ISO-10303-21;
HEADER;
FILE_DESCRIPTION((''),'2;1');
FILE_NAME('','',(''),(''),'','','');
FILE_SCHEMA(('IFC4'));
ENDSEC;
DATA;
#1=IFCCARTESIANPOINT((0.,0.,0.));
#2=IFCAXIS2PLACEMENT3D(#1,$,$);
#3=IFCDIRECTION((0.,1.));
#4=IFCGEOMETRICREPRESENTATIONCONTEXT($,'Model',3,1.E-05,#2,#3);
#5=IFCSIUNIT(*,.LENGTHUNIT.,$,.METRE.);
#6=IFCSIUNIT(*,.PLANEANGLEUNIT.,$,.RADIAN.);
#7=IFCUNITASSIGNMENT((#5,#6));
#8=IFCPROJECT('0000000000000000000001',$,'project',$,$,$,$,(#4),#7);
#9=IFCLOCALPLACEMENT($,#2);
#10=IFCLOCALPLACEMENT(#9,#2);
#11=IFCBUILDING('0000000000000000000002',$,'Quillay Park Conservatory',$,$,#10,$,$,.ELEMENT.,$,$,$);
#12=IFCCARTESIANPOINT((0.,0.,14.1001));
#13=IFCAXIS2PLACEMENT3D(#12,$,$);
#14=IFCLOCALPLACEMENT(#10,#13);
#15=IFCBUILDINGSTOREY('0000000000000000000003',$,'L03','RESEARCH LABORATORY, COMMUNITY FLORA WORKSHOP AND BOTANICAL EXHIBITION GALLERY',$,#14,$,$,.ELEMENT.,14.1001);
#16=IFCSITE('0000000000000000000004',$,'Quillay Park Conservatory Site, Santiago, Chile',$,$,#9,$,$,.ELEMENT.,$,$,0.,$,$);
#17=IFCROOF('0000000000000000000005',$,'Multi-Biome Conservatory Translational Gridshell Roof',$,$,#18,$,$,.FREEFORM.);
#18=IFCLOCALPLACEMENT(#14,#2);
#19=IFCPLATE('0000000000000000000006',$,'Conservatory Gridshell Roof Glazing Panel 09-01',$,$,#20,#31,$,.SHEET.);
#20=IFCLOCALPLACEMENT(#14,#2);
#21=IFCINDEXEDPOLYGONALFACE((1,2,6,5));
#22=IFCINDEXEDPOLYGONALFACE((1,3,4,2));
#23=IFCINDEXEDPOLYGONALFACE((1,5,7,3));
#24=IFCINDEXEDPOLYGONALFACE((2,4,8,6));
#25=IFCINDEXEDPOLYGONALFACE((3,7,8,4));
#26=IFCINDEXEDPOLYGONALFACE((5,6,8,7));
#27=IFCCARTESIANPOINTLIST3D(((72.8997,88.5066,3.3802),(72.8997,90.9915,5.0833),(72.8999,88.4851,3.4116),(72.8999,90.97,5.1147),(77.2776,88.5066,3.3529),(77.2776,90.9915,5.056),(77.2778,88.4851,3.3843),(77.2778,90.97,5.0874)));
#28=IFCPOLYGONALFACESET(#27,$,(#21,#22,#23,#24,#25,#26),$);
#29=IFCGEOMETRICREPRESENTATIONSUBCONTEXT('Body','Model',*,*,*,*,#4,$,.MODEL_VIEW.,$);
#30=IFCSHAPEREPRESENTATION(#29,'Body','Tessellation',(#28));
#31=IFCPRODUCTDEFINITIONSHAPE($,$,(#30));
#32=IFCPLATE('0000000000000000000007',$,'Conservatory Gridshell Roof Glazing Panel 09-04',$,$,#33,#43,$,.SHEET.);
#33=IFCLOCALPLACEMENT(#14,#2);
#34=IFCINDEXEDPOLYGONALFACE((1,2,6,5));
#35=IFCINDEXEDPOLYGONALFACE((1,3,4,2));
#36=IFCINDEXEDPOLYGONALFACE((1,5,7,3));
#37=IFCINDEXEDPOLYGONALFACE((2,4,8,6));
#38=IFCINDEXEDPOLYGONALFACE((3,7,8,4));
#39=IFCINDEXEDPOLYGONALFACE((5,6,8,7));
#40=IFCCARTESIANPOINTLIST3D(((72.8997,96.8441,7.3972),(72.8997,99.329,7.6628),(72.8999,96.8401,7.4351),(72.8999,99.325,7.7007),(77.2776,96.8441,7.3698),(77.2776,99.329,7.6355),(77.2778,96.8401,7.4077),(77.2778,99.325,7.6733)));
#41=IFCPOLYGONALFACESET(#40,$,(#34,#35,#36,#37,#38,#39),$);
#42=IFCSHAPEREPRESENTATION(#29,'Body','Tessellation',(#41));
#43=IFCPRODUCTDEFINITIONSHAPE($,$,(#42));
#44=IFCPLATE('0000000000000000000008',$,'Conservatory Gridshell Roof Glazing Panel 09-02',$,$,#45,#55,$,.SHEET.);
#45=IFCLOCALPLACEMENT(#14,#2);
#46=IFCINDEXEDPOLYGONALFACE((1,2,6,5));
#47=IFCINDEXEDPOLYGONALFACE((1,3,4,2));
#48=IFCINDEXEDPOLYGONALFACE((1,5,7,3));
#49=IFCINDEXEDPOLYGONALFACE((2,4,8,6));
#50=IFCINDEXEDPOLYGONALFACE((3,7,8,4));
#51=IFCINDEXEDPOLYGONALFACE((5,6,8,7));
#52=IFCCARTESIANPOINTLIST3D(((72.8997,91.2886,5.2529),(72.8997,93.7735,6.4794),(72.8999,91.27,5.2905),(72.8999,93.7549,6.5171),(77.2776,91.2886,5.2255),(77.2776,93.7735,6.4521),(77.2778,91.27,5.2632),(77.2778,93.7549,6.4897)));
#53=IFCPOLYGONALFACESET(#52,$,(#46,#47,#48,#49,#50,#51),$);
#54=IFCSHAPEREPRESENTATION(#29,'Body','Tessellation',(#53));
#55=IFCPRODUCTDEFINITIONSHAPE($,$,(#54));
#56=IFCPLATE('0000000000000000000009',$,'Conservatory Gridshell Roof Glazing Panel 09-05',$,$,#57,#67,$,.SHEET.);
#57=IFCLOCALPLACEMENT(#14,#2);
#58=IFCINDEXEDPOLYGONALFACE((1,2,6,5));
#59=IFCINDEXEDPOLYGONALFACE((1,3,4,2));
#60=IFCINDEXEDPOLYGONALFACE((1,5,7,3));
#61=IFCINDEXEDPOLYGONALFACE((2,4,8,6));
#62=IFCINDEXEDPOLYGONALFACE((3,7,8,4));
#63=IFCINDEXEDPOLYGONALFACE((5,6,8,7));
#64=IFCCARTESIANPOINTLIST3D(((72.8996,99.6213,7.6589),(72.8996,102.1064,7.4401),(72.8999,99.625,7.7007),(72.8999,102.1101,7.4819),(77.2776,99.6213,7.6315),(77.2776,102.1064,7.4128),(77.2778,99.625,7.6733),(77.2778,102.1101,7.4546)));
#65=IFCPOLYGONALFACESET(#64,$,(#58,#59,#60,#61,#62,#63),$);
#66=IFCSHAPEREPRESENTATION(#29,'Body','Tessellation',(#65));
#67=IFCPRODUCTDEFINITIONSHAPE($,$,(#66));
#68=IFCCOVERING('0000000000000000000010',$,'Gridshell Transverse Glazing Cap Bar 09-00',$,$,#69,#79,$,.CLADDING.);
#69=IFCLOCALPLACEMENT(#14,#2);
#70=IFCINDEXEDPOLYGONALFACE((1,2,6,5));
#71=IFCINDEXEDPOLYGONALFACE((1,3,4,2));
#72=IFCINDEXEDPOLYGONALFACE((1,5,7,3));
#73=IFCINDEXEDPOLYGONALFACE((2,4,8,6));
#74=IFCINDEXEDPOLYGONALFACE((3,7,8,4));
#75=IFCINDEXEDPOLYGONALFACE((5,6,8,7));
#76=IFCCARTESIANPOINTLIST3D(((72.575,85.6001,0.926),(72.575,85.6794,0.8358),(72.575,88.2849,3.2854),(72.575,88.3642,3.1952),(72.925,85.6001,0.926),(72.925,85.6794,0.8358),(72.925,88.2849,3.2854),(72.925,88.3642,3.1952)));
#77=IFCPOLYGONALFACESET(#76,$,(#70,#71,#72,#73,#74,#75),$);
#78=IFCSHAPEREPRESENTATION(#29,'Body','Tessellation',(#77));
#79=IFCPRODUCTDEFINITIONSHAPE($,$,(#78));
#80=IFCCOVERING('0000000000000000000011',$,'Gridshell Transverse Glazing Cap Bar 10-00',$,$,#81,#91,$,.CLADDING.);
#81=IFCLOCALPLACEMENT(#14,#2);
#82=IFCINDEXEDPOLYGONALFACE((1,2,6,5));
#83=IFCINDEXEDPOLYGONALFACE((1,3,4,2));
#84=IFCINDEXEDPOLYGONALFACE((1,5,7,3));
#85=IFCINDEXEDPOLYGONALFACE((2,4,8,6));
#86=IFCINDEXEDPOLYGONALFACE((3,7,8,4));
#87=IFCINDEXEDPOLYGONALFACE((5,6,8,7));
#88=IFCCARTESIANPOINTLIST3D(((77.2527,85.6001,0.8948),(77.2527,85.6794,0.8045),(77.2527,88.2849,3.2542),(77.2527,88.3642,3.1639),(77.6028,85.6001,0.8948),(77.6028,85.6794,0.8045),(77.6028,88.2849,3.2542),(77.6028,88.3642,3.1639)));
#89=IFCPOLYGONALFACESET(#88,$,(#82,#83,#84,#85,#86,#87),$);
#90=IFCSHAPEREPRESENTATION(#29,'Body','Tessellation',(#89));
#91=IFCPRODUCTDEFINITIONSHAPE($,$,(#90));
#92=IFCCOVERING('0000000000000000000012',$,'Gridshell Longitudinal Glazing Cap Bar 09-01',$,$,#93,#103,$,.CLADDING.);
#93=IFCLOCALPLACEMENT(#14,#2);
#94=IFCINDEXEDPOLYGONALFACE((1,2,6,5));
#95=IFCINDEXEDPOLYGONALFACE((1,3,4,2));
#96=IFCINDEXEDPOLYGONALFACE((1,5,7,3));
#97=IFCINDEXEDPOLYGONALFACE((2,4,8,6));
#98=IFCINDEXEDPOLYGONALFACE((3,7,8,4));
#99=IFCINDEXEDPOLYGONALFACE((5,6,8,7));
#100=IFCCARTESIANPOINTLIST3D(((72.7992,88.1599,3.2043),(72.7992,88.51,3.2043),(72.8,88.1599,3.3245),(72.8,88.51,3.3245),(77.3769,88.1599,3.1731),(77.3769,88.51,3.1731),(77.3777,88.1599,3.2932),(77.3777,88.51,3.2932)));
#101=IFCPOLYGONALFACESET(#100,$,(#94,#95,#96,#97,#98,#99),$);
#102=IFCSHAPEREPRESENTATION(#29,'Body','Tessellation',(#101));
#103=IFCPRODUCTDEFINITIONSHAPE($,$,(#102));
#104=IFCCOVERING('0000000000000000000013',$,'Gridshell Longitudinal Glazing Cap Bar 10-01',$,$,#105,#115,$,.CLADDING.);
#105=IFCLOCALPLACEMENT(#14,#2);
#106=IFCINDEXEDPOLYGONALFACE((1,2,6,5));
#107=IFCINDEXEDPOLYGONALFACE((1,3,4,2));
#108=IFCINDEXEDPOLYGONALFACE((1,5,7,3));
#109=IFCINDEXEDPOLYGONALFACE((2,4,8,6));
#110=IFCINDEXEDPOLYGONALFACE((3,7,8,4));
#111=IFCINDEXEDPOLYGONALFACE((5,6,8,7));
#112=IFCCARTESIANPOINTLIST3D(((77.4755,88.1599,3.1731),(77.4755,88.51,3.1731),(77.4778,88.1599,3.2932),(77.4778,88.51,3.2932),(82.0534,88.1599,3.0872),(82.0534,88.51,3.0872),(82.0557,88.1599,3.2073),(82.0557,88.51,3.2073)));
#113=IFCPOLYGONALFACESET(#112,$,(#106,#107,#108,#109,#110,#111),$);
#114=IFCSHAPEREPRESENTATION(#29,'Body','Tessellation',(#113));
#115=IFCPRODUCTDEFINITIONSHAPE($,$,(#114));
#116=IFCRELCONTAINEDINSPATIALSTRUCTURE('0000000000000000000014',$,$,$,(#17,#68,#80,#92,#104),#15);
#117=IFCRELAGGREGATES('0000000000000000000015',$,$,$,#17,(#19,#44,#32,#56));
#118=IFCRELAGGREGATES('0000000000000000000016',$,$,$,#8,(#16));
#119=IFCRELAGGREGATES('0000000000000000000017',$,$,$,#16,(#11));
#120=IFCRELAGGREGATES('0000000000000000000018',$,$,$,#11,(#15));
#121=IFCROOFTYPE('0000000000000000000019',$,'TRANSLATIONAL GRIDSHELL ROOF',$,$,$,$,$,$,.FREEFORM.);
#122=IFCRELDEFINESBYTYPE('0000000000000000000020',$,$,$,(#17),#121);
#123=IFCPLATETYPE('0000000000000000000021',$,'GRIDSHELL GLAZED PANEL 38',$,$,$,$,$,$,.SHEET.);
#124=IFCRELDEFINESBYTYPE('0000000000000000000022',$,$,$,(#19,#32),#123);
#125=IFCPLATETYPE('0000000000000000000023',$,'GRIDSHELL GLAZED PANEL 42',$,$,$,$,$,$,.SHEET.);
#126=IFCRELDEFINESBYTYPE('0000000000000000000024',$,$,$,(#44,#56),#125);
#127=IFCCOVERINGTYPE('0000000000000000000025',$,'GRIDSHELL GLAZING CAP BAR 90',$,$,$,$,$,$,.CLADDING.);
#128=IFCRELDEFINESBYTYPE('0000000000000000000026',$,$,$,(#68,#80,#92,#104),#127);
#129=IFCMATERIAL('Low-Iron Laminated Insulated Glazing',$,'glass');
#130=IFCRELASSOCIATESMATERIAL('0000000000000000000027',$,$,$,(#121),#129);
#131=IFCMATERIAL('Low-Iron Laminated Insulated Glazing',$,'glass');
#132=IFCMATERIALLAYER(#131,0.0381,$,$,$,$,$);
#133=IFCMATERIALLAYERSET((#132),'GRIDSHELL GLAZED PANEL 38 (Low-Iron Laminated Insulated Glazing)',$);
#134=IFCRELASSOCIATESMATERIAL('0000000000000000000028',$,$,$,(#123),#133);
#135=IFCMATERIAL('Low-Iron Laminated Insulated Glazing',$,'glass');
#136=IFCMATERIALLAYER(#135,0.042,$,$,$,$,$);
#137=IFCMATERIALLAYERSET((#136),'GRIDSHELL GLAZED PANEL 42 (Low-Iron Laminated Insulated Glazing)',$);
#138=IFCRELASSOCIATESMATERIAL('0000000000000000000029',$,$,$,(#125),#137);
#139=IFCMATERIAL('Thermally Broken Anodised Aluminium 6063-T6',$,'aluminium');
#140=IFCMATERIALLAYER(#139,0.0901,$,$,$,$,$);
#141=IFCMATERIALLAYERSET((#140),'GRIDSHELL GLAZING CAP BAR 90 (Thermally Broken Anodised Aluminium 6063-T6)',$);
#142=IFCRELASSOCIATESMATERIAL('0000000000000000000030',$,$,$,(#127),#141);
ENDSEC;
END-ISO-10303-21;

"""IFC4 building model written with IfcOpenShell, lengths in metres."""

from ifc_helpers import new_model, si_unit, direction, frame, origin, place, context, subcontext, project, spatial, polyline, outline, extrude, material, layer, layer_set, type_object, element, aggregate, save


model = new_model("IFC4")

# Units and contexts
model_context = context("Model", 3, precision=1e-05, world=origin(), true_north=direction((0.0, 1.0)))
body_context = subcontext(model_context, "Body", "Model", "MODEL_VIEW")
ifc_project = project(units=[si_unit("LENGTHUNIT", "METRE"), si_unit("PLANEANGLEUNIT", "RADIAN")], contexts=[model_context])

# Site, building, storey
site_placement = place(None, origin())
site = spatial("IfcSite", under=ifc_project, at=site_placement, Name="Quillay Park Conservatory Site, Santiago, Chile", CompositionType="ELEMENT", RefElevation=0.0)
building_placement = place(site_placement, origin())
building = spatial("IfcBuilding", under=site, at=building_placement, Name="Quillay Park Conservatory", CompositionType="ELEMENT")
storey_placement = place(building_placement, frame((0.0, 0.0, 14.1001)))
storey = spatial("IfcBuildingStorey", under=building, at=storey_placement, Name="L03", Description="RESEARCH LABORATORY, COMMUNITY FLORA WORKSHOP AND BOTANICAL EXHIBITION GALLERY", CompositionType="ELEMENT", Elevation=14.1001)

# Roof, plates
ifc_material_1 = material(Name="Low-Iron Laminated Insulated Glazing", Category="glass")
roof_type = type_object("IfcRoofType", Name="TRANSLATIONAL GRIDSHELL ROOF", PredefinedType="FREEFORM", material=ifc_material_1)
roof_placement = place(storey_placement, origin())
roof = element("IfcRoof", 1, at=roof_placement, inside=storey, type_object=roof_type, Name="Multi-Biome Conservatory Translational Gridshell Roof", PredefinedType="FREEFORM")
ifc_material_2 = material(Name="Low-Iron Laminated Insulated Glazing", Category="glass")
ifc_layer_1 = layer(ifc_material_2, 0.0381)
ifc_layer_set_1 = layer_set([ifc_layer_1], Name="GRIDSHELL GLAZED PANEL 38 (Low-Iron Laminated Insulated Glazing)")
plate_type_1 = type_object("IfcPlateType", Name="GRIDSHELL GLAZED PANEL 38", PredefinedType="SHEET", material=ifc_layer_set_1)
plate_1_placement = place(storey_placement, frame((72.8999, 88.4851, 3.4116), z_axis=(0.005152, -0.565344, 0.824839), x_axis=(0.99998, 0.0, -0.006246)))
plate_1 = element("IfcPlate", 2, at=plate_1_placement, type_object=plate_type_1, Name="Conservatory Gridshell Roof Glazing Panel 09-01", PredefinedType="SHEET", context=body_context, shape_type="SweptSolid", body=[
    extrude(outline(polyline([(0.0, 0.0), (4.378, 0.0), (4.3674, 3.0125), (-0.0106, 3.0125), (0.0, 0.0)])), origin(), (0.0, 0.0, -1.0), 0.0381),
])
plate_2_placement = place(storey_placement, frame((72.8999, 96.8401, 7.4351), z_axis=(0.00621, -0.10629, 0.994316), x_axis=(0.99998, 0.0, -0.006246)))
plate_2 = element("IfcPlate", 3, at=plate_2_placement, type_object=plate_type_1, Name="Conservatory Gridshell Roof Glazing Panel 09-04", PredefinedType="SHEET", context=body_context, shape_type="SweptSolid", body=[
    extrude(outline(polyline([(0.0, 0.0), (4.378, 0.0), (4.3764, 2.499), (-0.0017, 2.499), (0.0, 0.0)])), origin(), (0.0, 0.0, -1.0), 0.0381),
])
ifc_material_3 = material(Name="Low-Iron Laminated Insulated Glazing", Category="glass")
ifc_layer_2 = layer(ifc_material_3, 0.042)
ifc_layer_set_2 = layer_set([ifc_layer_2], Name="GRIDSHELL GLAZED PANEL 42 (Low-Iron Laminated Insulated Glazing)")
plate_type_2 = type_object("IfcPlateType", Name="GRIDSHELL GLAZED PANEL 42", PredefinedType="SHEET", material=ifc_layer_set_2)
plate_3_placement = place(storey_placement, frame((72.8999, 91.27, 5.2905), z_axis=(0.005601, -0.442619, 0.896692), x_axis=(0.99998, 0.0, -0.006246)))
plate_3 = element("IfcPlate", 4, at=plate_3_placement, type_object=plate_type_2, Name="Conservatory Gridshell Roof Glazing Panel 09-02", PredefinedType="SHEET", context=body_context, shape_type="SweptSolid", body=[
    extrude(outline(polyline([(0.0, 0.0), (4.378, 0.0), (4.3704, 2.7711), (-0.0077, 2.7711), (0.0, 0.0)])), origin(), (0.0, 0.0, -1.0), 0.042),
])
plate_4_placement = place(storey_placement, frame((72.8999, 99.625, 7.7007), z_axis=(0.006222, 0.087684, 0.996129), x_axis=(0.99998, 0.0, -0.006246)))
plate_4 = element("IfcPlate", 5, at=plate_4_placement, type_object=plate_type_2, Name="Conservatory Gridshell Roof Glazing Panel 09-05", PredefinedType="SHEET", context=body_context, shape_type="SweptSolid", body=[
    extrude(outline(polyline([(0.0, 0.0), (4.378, 0.0), (4.3794, 2.4947), (0.0014, 2.4947), (0.0, 0.0)])), origin(), (0.0, 0.0, -1.0), 0.042),
])
aggregate(roof, [plate_1, plate_3, plate_2, plate_4])

# Coverings
ifc_material_4 = material(Name="Thermally Broken Anodised Aluminium 6063-T6", Category="aluminium")
ifc_layer_3 = layer(ifc_material_4, 0.0901)
ifc_layer_set_3 = layer_set([ifc_layer_3], Name="GRIDSHELL GLAZING CAP BAR 90 (Thermally Broken Anodised Aluminium 6063-T6)")
covering_type = type_object("IfcCoveringType", Name="GRIDSHELL GLAZING CAP BAR 90", PredefinedType="CLADDING", material=ifc_layer_set_3)
for number, where, z_axis, x_axis, name in (
    (6, (72.575, 85.6001, 0.926), (0.0, -0.660113, 0.751166), (1.0, 0.0, 0.0), "Gridshell Transverse Glazing Cap Bar 09-00"),
    (7, (77.2527, 85.6001, 0.8948), (0.0, -0.660113, 0.751166), (1.0, 0.0, 0.0), "Gridshell Transverse Glazing Cap Bar 10-00"),
):
    element("IfcCovering", number, at=place(storey_placement, frame(where, z_axis=z_axis, x_axis=x_axis)), inside=storey, type_object=covering_type, Name=name, PredefinedType="CLADDING", context=body_context, shape_type="SweptSolid", body=[
        extrude(outline(polyline([(0.0, 0.0), (0.3501, 0.0), (0.3501, 3.5742), (0.0, 3.5742), (0.0, 0.0)])), origin(), (0.0, 0.0, -1.0), 0.1201),
    ])
covering_1_placement = place(storey_placement, frame((72.8, 88.1599, 3.3245), z_axis=(0.006827, 0.0, 0.999977), x_axis=(0.999977, 0.0, -0.006827)))
element("IfcCovering", 8, at=covering_1_placement, inside=storey, type_object=covering_type, Name="Gridshell Longitudinal Glazing Cap Bar 09-01", PredefinedType="CLADDING", context=body_context, shape_type="SweptSolid", body=[
    extrude(outline(polyline([(0.0, 0.0), (4.5777, 0.0), (4.5777, 0.3501), (0.0, 0.3501), (0.0, 0.0)])), origin(), (0.0, 0.0, -1.0), 0.1201),
])
covering_2_placement = place(storey_placement, frame((77.4778, 88.1599, 3.2932), z_axis=(0.018769, 0.0, 0.999824), x_axis=(0.999824, 0.0, -0.018769)))
element("IfcCovering", 9, at=covering_2_placement, inside=storey, type_object=covering_type, Name="Gridshell Longitudinal Glazing Cap Bar 10-01", PredefinedType="CLADDING", context=body_context, shape_type="SweptSolid", body=[
    extrude(outline(polyline([(0.0, 0.0), (4.5787, 0.0), (4.5787, 0.3501), (0.0, 0.3501), (0.0, 0.0)])), origin(), (0.0, 0.0, -1.0), 0.1201),
])

save(model, "model.ifc")
